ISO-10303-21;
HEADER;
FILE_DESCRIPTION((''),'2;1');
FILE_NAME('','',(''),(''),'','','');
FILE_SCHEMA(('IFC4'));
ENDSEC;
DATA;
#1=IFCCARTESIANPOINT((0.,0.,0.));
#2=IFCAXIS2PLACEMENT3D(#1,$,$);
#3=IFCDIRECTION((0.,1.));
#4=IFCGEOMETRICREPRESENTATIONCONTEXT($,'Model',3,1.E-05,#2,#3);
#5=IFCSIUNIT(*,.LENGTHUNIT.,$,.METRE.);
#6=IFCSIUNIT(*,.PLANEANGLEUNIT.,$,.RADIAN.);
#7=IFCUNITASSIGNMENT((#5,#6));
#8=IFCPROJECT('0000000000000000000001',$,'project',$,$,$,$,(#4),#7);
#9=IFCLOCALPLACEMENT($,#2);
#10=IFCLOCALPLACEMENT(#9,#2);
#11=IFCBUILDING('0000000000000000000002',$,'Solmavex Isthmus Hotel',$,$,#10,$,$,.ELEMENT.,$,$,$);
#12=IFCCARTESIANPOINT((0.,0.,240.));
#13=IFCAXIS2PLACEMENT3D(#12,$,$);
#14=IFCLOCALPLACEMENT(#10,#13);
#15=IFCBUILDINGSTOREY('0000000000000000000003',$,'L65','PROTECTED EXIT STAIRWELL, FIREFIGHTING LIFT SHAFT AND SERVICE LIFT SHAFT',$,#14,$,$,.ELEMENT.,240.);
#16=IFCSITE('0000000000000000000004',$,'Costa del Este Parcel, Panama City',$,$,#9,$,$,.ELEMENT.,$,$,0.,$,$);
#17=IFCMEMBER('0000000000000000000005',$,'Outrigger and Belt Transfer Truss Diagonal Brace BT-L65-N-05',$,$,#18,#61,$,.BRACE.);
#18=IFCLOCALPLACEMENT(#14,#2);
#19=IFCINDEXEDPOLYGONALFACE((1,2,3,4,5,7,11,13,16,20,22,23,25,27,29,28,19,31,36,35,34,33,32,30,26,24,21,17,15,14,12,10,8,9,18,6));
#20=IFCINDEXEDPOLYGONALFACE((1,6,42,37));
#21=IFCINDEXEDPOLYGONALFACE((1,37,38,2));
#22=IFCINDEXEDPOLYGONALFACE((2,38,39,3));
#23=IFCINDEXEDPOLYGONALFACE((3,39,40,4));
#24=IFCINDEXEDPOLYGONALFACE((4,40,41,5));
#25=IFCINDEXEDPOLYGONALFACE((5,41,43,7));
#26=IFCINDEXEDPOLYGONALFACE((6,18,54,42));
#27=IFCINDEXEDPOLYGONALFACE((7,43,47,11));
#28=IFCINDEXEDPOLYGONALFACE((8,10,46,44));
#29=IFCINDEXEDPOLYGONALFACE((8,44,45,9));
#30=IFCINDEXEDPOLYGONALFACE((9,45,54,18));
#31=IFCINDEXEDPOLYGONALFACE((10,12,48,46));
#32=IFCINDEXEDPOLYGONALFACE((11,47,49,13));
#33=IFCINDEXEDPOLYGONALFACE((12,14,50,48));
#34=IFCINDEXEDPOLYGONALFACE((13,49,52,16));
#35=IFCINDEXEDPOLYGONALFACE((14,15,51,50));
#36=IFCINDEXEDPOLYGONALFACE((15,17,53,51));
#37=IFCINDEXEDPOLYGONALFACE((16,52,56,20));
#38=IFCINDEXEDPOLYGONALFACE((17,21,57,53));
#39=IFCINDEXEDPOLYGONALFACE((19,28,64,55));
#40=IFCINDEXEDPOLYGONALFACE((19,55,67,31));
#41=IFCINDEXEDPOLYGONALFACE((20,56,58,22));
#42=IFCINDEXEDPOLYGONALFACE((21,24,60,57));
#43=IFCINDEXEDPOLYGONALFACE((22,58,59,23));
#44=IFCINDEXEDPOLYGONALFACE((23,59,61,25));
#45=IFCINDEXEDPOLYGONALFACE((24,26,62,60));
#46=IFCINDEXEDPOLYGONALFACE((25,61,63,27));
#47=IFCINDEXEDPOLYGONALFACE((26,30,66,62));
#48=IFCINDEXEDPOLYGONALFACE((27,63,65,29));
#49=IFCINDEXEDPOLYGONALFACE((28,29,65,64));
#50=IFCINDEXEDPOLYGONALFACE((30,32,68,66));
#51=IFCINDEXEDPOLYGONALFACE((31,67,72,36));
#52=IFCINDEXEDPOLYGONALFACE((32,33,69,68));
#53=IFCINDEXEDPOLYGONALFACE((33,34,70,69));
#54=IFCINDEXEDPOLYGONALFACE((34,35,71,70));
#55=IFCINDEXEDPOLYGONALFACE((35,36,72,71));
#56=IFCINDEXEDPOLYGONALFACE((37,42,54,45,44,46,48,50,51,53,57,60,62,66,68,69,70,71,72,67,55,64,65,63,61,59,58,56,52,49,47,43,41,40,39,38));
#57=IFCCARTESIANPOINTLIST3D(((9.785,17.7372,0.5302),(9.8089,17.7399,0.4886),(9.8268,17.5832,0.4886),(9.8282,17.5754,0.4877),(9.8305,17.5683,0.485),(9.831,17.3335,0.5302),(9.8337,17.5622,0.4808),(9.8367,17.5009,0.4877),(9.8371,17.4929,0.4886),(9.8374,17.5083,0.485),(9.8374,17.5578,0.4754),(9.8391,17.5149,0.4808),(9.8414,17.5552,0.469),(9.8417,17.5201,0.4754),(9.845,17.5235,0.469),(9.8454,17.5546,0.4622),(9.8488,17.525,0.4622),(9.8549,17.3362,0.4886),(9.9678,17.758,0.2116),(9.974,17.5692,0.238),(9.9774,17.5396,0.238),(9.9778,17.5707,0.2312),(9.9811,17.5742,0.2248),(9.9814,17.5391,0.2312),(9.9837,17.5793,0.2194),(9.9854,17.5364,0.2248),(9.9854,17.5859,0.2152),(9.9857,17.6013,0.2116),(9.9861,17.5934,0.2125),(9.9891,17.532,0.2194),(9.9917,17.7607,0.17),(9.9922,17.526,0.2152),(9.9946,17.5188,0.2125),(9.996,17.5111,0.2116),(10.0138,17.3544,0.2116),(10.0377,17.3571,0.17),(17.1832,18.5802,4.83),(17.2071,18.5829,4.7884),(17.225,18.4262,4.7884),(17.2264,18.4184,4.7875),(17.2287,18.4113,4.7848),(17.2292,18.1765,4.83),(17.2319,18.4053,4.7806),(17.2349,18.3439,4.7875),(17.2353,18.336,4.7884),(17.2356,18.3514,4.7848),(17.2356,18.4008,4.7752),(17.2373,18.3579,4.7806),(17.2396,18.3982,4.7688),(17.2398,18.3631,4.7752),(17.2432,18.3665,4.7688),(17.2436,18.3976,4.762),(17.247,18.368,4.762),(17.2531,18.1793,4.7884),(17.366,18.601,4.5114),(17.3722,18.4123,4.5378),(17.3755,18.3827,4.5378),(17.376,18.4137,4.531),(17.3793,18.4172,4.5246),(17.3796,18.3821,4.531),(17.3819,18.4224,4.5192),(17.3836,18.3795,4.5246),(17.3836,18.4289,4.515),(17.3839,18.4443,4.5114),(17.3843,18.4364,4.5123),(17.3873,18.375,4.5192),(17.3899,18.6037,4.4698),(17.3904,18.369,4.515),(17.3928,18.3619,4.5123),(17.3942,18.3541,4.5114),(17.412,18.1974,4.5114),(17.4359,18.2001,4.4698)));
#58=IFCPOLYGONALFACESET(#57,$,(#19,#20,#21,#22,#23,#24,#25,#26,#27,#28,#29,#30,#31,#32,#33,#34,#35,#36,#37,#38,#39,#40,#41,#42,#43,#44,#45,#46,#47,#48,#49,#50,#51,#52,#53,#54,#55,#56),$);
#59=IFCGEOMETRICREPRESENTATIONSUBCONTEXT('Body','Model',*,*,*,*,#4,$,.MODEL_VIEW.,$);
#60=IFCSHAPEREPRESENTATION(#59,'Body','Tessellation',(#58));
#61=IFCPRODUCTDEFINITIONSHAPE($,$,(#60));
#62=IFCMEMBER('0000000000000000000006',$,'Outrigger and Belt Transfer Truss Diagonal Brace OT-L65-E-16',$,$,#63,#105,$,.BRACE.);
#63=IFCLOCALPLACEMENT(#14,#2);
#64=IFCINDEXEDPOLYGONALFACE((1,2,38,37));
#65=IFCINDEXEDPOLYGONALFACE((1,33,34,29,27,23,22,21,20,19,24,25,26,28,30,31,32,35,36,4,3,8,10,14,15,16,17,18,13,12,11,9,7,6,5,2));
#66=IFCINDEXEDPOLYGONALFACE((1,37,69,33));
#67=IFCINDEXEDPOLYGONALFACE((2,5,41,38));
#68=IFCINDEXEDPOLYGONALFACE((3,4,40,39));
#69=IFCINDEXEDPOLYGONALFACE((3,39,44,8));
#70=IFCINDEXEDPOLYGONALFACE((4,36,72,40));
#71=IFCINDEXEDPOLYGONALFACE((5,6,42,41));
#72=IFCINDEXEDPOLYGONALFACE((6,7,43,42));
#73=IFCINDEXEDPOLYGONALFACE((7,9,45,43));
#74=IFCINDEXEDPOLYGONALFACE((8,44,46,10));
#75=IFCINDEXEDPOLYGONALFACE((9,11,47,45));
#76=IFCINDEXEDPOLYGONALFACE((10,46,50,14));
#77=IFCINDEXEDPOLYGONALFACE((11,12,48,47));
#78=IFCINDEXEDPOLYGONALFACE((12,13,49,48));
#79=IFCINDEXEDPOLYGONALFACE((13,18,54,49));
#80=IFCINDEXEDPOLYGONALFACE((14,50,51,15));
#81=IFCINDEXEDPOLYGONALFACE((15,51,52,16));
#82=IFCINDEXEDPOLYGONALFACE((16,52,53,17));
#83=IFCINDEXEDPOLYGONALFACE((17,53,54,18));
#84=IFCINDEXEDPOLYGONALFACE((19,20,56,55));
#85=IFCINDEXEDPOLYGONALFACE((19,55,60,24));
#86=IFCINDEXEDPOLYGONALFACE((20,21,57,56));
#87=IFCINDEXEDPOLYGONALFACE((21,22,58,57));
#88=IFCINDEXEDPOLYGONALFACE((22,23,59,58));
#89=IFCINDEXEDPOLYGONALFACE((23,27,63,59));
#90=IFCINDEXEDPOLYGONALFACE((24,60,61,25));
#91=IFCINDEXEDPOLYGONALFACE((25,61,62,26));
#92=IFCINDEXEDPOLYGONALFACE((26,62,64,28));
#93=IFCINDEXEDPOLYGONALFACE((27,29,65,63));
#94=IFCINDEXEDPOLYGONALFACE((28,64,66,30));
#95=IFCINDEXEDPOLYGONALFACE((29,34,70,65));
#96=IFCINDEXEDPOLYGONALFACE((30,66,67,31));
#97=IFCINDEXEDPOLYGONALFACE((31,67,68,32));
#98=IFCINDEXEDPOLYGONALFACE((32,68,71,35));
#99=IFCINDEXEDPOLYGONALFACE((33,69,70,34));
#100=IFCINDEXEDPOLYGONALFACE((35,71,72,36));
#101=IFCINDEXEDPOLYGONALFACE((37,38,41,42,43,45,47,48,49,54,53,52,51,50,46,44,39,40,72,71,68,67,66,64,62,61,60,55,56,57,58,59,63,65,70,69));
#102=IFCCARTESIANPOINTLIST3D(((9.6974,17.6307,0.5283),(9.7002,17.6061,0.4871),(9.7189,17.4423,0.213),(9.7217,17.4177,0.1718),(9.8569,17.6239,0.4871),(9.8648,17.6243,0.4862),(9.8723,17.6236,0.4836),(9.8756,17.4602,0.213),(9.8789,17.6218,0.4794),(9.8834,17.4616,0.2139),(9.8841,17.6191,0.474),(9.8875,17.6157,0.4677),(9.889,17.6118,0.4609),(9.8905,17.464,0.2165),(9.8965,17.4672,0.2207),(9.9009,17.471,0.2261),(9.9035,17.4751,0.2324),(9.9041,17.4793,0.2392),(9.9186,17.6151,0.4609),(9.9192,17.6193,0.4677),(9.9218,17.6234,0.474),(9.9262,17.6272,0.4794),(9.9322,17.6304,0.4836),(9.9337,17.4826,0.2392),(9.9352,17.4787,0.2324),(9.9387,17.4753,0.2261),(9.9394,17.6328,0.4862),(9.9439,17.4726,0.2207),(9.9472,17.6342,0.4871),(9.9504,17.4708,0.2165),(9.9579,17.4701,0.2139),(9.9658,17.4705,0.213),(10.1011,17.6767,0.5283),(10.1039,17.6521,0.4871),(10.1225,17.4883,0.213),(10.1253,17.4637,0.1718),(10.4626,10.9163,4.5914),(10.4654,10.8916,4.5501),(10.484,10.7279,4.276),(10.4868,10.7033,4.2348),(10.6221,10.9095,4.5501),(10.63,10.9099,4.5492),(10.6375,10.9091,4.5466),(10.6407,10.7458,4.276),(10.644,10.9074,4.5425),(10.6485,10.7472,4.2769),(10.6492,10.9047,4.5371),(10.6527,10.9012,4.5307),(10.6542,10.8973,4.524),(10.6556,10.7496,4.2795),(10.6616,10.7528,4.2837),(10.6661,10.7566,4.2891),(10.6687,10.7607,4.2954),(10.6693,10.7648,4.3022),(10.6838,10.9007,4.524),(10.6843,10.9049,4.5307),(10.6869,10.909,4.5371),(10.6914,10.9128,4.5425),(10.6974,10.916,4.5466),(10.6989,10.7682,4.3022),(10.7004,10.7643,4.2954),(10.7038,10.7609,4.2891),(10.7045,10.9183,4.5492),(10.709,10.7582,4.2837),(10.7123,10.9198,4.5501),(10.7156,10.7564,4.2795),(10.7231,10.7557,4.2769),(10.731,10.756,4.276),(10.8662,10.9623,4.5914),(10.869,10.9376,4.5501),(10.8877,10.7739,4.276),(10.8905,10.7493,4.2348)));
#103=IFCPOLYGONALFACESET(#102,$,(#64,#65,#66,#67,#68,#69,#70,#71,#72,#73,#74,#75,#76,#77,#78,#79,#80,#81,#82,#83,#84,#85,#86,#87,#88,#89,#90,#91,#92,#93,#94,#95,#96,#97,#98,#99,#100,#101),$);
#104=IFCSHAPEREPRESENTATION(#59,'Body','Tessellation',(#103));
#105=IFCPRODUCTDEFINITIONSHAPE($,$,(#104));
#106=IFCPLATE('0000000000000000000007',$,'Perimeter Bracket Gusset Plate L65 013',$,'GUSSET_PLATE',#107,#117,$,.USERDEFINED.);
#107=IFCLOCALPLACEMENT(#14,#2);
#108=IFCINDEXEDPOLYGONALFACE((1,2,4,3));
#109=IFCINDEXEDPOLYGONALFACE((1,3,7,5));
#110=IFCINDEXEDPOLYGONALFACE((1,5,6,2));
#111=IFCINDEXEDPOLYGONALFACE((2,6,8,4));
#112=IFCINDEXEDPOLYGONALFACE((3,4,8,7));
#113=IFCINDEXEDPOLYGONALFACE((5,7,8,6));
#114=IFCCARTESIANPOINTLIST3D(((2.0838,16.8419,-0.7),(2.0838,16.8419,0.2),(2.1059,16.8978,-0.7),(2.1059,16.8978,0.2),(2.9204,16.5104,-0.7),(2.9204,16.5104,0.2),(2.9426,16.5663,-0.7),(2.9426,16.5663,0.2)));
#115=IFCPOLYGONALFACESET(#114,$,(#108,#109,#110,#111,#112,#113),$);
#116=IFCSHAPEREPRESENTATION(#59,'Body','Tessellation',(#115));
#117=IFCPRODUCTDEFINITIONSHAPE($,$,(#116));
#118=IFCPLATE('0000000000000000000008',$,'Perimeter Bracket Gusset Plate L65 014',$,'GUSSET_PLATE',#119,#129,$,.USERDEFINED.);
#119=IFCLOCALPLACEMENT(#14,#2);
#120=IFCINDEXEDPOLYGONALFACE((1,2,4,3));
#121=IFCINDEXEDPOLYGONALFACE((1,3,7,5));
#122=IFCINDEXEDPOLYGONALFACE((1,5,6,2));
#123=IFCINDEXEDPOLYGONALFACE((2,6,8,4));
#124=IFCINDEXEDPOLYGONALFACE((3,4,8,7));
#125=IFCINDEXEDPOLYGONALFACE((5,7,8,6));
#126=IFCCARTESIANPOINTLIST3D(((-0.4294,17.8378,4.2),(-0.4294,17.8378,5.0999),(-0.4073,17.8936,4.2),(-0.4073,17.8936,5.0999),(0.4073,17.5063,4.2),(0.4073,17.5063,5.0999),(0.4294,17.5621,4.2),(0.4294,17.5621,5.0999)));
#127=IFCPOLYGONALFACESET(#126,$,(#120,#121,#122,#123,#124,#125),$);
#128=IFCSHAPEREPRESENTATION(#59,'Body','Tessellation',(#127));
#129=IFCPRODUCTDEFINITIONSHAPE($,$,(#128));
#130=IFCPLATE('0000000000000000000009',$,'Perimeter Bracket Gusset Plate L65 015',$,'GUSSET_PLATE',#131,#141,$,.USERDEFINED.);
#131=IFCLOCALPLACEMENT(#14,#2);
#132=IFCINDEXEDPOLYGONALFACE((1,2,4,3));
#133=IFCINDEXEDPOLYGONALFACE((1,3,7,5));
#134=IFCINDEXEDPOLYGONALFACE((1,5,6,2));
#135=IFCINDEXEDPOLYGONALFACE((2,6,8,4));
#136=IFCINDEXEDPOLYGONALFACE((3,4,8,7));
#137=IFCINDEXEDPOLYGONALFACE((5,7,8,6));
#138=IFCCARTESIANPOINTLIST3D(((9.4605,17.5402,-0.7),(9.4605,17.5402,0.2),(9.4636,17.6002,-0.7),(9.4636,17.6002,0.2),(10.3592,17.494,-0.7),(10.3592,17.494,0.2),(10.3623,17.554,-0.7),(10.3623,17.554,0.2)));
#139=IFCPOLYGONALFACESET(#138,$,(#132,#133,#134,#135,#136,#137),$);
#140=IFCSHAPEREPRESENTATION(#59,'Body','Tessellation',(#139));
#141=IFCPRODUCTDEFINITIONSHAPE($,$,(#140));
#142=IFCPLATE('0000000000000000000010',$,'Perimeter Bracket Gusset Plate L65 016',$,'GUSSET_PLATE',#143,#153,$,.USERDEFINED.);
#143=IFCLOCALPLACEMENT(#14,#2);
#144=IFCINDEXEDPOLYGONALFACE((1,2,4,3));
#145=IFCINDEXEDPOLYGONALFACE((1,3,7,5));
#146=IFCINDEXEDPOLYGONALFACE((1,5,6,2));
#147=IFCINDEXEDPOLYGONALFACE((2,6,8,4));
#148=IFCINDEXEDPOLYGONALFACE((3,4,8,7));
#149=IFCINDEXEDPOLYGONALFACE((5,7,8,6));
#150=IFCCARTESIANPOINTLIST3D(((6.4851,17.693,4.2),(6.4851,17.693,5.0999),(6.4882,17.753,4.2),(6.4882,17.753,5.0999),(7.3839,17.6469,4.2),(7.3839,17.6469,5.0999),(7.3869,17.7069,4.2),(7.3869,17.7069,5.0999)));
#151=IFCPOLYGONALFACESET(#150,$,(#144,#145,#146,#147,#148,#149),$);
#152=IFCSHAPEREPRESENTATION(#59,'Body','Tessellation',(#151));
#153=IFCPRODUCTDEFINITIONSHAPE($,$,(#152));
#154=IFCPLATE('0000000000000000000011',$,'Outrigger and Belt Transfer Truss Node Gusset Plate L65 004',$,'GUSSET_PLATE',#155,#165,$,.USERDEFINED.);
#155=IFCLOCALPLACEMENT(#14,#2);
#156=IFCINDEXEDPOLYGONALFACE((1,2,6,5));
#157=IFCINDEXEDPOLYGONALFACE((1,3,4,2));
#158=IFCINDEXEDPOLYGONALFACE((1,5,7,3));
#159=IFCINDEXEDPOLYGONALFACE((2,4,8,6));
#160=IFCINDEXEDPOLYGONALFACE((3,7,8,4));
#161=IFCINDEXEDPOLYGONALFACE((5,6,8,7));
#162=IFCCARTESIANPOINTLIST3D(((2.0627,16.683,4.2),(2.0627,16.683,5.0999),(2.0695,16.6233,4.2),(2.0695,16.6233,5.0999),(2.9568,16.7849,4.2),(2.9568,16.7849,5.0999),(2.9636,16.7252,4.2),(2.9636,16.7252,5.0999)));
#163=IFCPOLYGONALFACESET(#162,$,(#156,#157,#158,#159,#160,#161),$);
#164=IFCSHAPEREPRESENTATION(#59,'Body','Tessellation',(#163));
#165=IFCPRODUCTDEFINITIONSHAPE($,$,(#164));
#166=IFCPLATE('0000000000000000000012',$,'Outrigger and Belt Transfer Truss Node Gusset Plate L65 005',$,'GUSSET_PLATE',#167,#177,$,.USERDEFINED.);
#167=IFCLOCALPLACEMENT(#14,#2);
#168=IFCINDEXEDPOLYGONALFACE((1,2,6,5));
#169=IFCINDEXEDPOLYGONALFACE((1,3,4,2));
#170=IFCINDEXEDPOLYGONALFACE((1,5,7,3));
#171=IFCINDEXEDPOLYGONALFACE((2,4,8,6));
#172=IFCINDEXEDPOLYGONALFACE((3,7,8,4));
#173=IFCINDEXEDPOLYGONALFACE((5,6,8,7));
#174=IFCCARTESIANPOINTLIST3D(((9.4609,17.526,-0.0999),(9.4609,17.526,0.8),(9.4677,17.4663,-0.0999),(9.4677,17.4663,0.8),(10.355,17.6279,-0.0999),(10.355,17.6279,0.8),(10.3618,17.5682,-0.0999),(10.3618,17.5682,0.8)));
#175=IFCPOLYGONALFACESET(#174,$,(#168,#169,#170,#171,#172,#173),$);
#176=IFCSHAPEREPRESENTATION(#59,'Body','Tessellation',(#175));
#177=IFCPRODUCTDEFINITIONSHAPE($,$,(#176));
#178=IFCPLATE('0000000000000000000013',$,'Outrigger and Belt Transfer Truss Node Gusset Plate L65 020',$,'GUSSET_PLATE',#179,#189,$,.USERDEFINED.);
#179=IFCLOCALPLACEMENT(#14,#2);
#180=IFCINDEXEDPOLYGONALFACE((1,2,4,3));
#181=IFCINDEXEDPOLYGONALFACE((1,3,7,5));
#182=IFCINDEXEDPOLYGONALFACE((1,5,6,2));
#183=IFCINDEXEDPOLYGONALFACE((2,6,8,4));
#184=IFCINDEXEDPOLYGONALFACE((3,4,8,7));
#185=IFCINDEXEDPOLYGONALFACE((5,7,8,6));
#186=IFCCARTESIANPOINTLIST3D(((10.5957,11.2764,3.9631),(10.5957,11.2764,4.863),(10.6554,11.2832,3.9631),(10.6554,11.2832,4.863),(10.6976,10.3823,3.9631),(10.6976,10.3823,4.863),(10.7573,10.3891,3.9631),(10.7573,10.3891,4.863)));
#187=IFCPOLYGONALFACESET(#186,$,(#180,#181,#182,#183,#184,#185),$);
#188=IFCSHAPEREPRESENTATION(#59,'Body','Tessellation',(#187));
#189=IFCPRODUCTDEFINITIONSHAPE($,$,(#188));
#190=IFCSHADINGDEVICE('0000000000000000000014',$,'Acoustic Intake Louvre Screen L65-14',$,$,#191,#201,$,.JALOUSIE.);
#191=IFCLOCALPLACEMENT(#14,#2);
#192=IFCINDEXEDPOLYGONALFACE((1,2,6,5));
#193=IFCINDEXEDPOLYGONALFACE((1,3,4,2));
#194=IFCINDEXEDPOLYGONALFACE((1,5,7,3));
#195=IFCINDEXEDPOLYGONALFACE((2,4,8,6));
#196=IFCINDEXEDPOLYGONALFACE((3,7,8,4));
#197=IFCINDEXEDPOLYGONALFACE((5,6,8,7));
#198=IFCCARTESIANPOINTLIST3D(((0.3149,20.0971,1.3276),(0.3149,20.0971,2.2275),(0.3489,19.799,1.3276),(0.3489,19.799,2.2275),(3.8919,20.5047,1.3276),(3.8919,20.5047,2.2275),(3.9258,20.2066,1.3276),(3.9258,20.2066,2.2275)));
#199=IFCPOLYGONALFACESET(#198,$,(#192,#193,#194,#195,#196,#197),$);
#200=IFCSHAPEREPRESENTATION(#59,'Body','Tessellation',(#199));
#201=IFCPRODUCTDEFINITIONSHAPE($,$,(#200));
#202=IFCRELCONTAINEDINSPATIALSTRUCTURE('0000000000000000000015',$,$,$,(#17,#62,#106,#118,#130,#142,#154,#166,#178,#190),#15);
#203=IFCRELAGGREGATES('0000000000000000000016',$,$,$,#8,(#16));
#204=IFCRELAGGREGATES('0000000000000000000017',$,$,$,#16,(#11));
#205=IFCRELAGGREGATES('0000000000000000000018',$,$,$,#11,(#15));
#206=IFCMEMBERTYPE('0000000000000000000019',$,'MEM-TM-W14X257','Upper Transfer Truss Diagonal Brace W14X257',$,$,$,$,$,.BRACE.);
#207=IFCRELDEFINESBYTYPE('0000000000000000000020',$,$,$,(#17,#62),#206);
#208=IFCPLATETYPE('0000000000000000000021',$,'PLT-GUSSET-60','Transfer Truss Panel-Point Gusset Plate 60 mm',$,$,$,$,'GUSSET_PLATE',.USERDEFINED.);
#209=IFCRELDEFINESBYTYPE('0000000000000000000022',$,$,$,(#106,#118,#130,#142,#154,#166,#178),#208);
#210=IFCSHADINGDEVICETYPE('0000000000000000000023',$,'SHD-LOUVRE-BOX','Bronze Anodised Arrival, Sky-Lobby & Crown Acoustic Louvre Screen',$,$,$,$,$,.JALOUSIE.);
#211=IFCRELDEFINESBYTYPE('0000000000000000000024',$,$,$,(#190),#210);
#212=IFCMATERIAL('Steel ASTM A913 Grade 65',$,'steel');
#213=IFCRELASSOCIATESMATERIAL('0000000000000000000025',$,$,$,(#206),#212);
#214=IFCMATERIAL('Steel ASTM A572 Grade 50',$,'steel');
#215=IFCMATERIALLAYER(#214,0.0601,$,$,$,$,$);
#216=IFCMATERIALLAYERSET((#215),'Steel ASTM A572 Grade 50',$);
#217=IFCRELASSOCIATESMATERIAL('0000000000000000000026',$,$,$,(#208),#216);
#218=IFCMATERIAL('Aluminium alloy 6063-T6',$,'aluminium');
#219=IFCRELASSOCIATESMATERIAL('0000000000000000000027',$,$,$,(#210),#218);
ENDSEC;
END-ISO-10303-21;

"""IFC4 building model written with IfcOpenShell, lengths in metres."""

from ifc_helpers import new_model, si_unit, direction, frame, origin, origin_2d, place, context, subcontext, project, spatial, rectangle, i_section, extrude, material, layer, layer_set, material_profile, profile_set, type_object, element, save


model = new_model("IFC4")

# Units and contexts
model_context = context("Model", 3, precision=1e-05, world=origin(), true_north=direction((0.0, 1.0)))
body_context = subcontext(model_context, "Body", "Model", "MODEL_VIEW")
ifc_project = project(units=[si_unit("LENGTHUNIT", "METRE"), si_unit("PLANEANGLEUNIT", "RADIAN")], contexts=[model_context])

# Site, building, storey
site_placement = place(None, origin())
site = spatial("IfcSite", under=ifc_project, at=site_placement, Name="Costa del Este Parcel, Panama City", CompositionType="ELEMENT", RefElevation=0.0)
building_placement = place(site_placement, origin())
building = spatial("IfcBuilding", under=site, at=building_placement, Name="Solmavex Isthmus Hotel", CompositionType="ELEMENT")
storey_placement = place(building_placement, frame((0.0, 0.0, 240.0)))
storey = spatial("IfcBuildingStorey", under=building, at=storey_placement, Name="L65", Description="PROTECTED EXIT STAIRWELL, FIREFIGHTING LIFT SHAFT AND SERVICE LIFT SHAFT", CompositionType="ELEMENT", Elevation=240.0)

# Shared definitions
ifc_material_1 = material(Name="Steel ASTM A913 Grade 65", Category="steel")

# Members
ifc_material_profile_1 = material_profile(ifc_material_1, i_section(OverallWidth=0.4062, OverallDepth=0.416, WebThickness=0.0298, FlangeThickness=0.0481, FilletRadius=0.0305, at=origin_2d()), Name="W14X257")
ifc_profile_set_1 = profile_set([ifc_material_profile_1], Name="Steel ASTM A913 Grade 65")
member_type_1 = type_object("IfcMemberType", Name="MEM-TM-W14X257", Description="Upper Transfer Truss Diagonal Brace W14X257", PredefinedType="BRACE", material=ifc_profile_set_1)
for number, where, z_axis, x_axis, name in (
    (1, (9.9114, 17.5471, 0.3501), (0.860416, 0.098044, 0.500071), (-0.113216, 0.99357, 0.0), "Outrigger and Belt Transfer Truss Diagonal Brace BT-L65-N-05"),
):
    element("IfcMember", number, at=place(storey_placement, frame(where, z_axis=z_axis, x_axis=x_axis)), inside=storey, type_object=member_type_1, Name=name, PredefinedType="BRACE", context=body_context, shape_type="SweptSolid", body=[
        extrude(i_section(OverallWidth=0.4062, OverallDepth=0.416, WebThickness=0.0298, FlangeThickness=0.0481, FilletRadius=0.0305, at=origin_2d()), origin(), (0.0, 0.0, 1.0), 8.5984),
    ])
member_1_placement = place(storey_placement, frame((10.6765, 10.8328, 4.4131), z_axis=(-0.097035, 0.851517, -0.51527), x_axis=(-0.99357, -0.113223, 0.0)))
element("IfcMember", 2, at=member_1_placement, inside=storey, type_object=member_type_1, Name="Outrigger and Belt Transfer Truss Diagonal Brace OT-L65-E-16", PredefinedType="BRACE", context=body_context, shape_type="SweptSolid", body=[
    extrude(i_section(OverallWidth=0.4062, OverallDepth=0.416, WebThickness=0.0298, FlangeThickness=0.0481, FilletRadius=0.0305, at=origin_2d()), origin(), (0.0, 0.0, 1.0), 7.8853),
])

# Plates
ifc_material_2 = material(Name="Steel ASTM A572 Grade 50", Category="steel")
ifc_layer = layer(ifc_material_2, 0.0601)
ifc_layer_set = layer_set([ifc_layer], Name="Steel ASTM A572 Grade 50")
plate_type = type_object("IfcPlateType", Name="PLT-GUSSET-60", Description="Transfer Truss Panel-Point Gusset Plate 60 mm", ElementType="GUSSET_PLATE", PredefinedType="USERDEFINED", material=ifc_layer_set)
for number, where, z_axis, x_axis, name in (
    (3, (2.5132, 16.7041, -0.7), (0.0, 0.0, 1.0), (-0.929687, 0.368352, 0.0), "Perimeter Bracket Gusset Plate L65 013"),
    (4, (0.0, 17.7, 4.2), (0.0, 0.0, 1.0), (-0.929687, 0.368352, 0.0), "Perimeter Bracket Gusset Plate L65 014"),
    (5, (9.9114, 17.5471, -0.7), (0.0, 0.0, 1.0), (-0.998683, 0.051308, 0.0), "Perimeter Bracket Gusset Plate L65 015"),
    (6, (6.936, 17.7, 4.2), (0.0, 0.0, 1.0), (-0.998683, 0.051308, 0.0), "Perimeter Bracket Gusset Plate L65 016"),
    (7, (2.5132, 16.7041, 4.2), (0.0, 0.0, 1.0), (0.993572, 0.113203, 0.0), "Outrigger and Belt Transfer Truss Node Gusset Plate L65 004"),
    (8, (9.9114, 17.5471, -0.0999), (0.0, 0.0, 1.0), (0.993572, 0.113203, 0.0), "Outrigger and Belt Transfer Truss Node Gusset Plate L65 005"),
    (9, (10.6765, 10.8328, 3.9631), (0.0, 0.0, 1.0), (-0.113203, 0.993572, 0.0), "Outrigger and Belt Transfer Truss Node Gusset Plate L65 020"),
):
    element("IfcPlate", number, at=place(storey_placement, frame(where, z_axis=z_axis, x_axis=x_axis)), inside=storey, type_object=plate_type, Name=name, ObjectType="GUSSET_PLATE", PredefinedType="USERDEFINED", context=body_context, shape_type="SweptSolid", body=[
        extrude(rectangle(XDim=0.8999, YDim=0.0601, at=origin_2d()), origin(), (0.0, 0.0, 1.0), 0.8999),
    ])

# Shading device
ifc_material_3 = material(Name="Aluminium alloy 6063-T6", Category="aluminium")
shading_device_type = type_object("IfcShadingDeviceType", Name="SHD-LOUVRE-BOX", Description="Bronze Anodised Arrival, Sky-Lobby & Crown Acoustic Louvre Screen", PredefinedType="JALOUSIE", material=ifc_material_3)
shading_device_placement = place(storey_placement, frame((2.1204, 20.1519, 1.3276), z_axis=(0.0, 0.0, 1.0), x_axis=(0.993572, 0.113203, 0.0)))
element("IfcShadingDevice", 10, at=shading_device_placement, inside=storey, type_object=shading_device_type, Name="Acoustic Intake Louvre Screen L65-14", PredefinedType="JALOUSIE", context=body_context, shape_type="SweptSolid", body=[
    extrude(rectangle(XDim=3.6001, YDim=0.3, at=origin_2d()), origin(), (0.0, 0.0, 1.0), 0.8999),
])

save(model, "model.ifc")
